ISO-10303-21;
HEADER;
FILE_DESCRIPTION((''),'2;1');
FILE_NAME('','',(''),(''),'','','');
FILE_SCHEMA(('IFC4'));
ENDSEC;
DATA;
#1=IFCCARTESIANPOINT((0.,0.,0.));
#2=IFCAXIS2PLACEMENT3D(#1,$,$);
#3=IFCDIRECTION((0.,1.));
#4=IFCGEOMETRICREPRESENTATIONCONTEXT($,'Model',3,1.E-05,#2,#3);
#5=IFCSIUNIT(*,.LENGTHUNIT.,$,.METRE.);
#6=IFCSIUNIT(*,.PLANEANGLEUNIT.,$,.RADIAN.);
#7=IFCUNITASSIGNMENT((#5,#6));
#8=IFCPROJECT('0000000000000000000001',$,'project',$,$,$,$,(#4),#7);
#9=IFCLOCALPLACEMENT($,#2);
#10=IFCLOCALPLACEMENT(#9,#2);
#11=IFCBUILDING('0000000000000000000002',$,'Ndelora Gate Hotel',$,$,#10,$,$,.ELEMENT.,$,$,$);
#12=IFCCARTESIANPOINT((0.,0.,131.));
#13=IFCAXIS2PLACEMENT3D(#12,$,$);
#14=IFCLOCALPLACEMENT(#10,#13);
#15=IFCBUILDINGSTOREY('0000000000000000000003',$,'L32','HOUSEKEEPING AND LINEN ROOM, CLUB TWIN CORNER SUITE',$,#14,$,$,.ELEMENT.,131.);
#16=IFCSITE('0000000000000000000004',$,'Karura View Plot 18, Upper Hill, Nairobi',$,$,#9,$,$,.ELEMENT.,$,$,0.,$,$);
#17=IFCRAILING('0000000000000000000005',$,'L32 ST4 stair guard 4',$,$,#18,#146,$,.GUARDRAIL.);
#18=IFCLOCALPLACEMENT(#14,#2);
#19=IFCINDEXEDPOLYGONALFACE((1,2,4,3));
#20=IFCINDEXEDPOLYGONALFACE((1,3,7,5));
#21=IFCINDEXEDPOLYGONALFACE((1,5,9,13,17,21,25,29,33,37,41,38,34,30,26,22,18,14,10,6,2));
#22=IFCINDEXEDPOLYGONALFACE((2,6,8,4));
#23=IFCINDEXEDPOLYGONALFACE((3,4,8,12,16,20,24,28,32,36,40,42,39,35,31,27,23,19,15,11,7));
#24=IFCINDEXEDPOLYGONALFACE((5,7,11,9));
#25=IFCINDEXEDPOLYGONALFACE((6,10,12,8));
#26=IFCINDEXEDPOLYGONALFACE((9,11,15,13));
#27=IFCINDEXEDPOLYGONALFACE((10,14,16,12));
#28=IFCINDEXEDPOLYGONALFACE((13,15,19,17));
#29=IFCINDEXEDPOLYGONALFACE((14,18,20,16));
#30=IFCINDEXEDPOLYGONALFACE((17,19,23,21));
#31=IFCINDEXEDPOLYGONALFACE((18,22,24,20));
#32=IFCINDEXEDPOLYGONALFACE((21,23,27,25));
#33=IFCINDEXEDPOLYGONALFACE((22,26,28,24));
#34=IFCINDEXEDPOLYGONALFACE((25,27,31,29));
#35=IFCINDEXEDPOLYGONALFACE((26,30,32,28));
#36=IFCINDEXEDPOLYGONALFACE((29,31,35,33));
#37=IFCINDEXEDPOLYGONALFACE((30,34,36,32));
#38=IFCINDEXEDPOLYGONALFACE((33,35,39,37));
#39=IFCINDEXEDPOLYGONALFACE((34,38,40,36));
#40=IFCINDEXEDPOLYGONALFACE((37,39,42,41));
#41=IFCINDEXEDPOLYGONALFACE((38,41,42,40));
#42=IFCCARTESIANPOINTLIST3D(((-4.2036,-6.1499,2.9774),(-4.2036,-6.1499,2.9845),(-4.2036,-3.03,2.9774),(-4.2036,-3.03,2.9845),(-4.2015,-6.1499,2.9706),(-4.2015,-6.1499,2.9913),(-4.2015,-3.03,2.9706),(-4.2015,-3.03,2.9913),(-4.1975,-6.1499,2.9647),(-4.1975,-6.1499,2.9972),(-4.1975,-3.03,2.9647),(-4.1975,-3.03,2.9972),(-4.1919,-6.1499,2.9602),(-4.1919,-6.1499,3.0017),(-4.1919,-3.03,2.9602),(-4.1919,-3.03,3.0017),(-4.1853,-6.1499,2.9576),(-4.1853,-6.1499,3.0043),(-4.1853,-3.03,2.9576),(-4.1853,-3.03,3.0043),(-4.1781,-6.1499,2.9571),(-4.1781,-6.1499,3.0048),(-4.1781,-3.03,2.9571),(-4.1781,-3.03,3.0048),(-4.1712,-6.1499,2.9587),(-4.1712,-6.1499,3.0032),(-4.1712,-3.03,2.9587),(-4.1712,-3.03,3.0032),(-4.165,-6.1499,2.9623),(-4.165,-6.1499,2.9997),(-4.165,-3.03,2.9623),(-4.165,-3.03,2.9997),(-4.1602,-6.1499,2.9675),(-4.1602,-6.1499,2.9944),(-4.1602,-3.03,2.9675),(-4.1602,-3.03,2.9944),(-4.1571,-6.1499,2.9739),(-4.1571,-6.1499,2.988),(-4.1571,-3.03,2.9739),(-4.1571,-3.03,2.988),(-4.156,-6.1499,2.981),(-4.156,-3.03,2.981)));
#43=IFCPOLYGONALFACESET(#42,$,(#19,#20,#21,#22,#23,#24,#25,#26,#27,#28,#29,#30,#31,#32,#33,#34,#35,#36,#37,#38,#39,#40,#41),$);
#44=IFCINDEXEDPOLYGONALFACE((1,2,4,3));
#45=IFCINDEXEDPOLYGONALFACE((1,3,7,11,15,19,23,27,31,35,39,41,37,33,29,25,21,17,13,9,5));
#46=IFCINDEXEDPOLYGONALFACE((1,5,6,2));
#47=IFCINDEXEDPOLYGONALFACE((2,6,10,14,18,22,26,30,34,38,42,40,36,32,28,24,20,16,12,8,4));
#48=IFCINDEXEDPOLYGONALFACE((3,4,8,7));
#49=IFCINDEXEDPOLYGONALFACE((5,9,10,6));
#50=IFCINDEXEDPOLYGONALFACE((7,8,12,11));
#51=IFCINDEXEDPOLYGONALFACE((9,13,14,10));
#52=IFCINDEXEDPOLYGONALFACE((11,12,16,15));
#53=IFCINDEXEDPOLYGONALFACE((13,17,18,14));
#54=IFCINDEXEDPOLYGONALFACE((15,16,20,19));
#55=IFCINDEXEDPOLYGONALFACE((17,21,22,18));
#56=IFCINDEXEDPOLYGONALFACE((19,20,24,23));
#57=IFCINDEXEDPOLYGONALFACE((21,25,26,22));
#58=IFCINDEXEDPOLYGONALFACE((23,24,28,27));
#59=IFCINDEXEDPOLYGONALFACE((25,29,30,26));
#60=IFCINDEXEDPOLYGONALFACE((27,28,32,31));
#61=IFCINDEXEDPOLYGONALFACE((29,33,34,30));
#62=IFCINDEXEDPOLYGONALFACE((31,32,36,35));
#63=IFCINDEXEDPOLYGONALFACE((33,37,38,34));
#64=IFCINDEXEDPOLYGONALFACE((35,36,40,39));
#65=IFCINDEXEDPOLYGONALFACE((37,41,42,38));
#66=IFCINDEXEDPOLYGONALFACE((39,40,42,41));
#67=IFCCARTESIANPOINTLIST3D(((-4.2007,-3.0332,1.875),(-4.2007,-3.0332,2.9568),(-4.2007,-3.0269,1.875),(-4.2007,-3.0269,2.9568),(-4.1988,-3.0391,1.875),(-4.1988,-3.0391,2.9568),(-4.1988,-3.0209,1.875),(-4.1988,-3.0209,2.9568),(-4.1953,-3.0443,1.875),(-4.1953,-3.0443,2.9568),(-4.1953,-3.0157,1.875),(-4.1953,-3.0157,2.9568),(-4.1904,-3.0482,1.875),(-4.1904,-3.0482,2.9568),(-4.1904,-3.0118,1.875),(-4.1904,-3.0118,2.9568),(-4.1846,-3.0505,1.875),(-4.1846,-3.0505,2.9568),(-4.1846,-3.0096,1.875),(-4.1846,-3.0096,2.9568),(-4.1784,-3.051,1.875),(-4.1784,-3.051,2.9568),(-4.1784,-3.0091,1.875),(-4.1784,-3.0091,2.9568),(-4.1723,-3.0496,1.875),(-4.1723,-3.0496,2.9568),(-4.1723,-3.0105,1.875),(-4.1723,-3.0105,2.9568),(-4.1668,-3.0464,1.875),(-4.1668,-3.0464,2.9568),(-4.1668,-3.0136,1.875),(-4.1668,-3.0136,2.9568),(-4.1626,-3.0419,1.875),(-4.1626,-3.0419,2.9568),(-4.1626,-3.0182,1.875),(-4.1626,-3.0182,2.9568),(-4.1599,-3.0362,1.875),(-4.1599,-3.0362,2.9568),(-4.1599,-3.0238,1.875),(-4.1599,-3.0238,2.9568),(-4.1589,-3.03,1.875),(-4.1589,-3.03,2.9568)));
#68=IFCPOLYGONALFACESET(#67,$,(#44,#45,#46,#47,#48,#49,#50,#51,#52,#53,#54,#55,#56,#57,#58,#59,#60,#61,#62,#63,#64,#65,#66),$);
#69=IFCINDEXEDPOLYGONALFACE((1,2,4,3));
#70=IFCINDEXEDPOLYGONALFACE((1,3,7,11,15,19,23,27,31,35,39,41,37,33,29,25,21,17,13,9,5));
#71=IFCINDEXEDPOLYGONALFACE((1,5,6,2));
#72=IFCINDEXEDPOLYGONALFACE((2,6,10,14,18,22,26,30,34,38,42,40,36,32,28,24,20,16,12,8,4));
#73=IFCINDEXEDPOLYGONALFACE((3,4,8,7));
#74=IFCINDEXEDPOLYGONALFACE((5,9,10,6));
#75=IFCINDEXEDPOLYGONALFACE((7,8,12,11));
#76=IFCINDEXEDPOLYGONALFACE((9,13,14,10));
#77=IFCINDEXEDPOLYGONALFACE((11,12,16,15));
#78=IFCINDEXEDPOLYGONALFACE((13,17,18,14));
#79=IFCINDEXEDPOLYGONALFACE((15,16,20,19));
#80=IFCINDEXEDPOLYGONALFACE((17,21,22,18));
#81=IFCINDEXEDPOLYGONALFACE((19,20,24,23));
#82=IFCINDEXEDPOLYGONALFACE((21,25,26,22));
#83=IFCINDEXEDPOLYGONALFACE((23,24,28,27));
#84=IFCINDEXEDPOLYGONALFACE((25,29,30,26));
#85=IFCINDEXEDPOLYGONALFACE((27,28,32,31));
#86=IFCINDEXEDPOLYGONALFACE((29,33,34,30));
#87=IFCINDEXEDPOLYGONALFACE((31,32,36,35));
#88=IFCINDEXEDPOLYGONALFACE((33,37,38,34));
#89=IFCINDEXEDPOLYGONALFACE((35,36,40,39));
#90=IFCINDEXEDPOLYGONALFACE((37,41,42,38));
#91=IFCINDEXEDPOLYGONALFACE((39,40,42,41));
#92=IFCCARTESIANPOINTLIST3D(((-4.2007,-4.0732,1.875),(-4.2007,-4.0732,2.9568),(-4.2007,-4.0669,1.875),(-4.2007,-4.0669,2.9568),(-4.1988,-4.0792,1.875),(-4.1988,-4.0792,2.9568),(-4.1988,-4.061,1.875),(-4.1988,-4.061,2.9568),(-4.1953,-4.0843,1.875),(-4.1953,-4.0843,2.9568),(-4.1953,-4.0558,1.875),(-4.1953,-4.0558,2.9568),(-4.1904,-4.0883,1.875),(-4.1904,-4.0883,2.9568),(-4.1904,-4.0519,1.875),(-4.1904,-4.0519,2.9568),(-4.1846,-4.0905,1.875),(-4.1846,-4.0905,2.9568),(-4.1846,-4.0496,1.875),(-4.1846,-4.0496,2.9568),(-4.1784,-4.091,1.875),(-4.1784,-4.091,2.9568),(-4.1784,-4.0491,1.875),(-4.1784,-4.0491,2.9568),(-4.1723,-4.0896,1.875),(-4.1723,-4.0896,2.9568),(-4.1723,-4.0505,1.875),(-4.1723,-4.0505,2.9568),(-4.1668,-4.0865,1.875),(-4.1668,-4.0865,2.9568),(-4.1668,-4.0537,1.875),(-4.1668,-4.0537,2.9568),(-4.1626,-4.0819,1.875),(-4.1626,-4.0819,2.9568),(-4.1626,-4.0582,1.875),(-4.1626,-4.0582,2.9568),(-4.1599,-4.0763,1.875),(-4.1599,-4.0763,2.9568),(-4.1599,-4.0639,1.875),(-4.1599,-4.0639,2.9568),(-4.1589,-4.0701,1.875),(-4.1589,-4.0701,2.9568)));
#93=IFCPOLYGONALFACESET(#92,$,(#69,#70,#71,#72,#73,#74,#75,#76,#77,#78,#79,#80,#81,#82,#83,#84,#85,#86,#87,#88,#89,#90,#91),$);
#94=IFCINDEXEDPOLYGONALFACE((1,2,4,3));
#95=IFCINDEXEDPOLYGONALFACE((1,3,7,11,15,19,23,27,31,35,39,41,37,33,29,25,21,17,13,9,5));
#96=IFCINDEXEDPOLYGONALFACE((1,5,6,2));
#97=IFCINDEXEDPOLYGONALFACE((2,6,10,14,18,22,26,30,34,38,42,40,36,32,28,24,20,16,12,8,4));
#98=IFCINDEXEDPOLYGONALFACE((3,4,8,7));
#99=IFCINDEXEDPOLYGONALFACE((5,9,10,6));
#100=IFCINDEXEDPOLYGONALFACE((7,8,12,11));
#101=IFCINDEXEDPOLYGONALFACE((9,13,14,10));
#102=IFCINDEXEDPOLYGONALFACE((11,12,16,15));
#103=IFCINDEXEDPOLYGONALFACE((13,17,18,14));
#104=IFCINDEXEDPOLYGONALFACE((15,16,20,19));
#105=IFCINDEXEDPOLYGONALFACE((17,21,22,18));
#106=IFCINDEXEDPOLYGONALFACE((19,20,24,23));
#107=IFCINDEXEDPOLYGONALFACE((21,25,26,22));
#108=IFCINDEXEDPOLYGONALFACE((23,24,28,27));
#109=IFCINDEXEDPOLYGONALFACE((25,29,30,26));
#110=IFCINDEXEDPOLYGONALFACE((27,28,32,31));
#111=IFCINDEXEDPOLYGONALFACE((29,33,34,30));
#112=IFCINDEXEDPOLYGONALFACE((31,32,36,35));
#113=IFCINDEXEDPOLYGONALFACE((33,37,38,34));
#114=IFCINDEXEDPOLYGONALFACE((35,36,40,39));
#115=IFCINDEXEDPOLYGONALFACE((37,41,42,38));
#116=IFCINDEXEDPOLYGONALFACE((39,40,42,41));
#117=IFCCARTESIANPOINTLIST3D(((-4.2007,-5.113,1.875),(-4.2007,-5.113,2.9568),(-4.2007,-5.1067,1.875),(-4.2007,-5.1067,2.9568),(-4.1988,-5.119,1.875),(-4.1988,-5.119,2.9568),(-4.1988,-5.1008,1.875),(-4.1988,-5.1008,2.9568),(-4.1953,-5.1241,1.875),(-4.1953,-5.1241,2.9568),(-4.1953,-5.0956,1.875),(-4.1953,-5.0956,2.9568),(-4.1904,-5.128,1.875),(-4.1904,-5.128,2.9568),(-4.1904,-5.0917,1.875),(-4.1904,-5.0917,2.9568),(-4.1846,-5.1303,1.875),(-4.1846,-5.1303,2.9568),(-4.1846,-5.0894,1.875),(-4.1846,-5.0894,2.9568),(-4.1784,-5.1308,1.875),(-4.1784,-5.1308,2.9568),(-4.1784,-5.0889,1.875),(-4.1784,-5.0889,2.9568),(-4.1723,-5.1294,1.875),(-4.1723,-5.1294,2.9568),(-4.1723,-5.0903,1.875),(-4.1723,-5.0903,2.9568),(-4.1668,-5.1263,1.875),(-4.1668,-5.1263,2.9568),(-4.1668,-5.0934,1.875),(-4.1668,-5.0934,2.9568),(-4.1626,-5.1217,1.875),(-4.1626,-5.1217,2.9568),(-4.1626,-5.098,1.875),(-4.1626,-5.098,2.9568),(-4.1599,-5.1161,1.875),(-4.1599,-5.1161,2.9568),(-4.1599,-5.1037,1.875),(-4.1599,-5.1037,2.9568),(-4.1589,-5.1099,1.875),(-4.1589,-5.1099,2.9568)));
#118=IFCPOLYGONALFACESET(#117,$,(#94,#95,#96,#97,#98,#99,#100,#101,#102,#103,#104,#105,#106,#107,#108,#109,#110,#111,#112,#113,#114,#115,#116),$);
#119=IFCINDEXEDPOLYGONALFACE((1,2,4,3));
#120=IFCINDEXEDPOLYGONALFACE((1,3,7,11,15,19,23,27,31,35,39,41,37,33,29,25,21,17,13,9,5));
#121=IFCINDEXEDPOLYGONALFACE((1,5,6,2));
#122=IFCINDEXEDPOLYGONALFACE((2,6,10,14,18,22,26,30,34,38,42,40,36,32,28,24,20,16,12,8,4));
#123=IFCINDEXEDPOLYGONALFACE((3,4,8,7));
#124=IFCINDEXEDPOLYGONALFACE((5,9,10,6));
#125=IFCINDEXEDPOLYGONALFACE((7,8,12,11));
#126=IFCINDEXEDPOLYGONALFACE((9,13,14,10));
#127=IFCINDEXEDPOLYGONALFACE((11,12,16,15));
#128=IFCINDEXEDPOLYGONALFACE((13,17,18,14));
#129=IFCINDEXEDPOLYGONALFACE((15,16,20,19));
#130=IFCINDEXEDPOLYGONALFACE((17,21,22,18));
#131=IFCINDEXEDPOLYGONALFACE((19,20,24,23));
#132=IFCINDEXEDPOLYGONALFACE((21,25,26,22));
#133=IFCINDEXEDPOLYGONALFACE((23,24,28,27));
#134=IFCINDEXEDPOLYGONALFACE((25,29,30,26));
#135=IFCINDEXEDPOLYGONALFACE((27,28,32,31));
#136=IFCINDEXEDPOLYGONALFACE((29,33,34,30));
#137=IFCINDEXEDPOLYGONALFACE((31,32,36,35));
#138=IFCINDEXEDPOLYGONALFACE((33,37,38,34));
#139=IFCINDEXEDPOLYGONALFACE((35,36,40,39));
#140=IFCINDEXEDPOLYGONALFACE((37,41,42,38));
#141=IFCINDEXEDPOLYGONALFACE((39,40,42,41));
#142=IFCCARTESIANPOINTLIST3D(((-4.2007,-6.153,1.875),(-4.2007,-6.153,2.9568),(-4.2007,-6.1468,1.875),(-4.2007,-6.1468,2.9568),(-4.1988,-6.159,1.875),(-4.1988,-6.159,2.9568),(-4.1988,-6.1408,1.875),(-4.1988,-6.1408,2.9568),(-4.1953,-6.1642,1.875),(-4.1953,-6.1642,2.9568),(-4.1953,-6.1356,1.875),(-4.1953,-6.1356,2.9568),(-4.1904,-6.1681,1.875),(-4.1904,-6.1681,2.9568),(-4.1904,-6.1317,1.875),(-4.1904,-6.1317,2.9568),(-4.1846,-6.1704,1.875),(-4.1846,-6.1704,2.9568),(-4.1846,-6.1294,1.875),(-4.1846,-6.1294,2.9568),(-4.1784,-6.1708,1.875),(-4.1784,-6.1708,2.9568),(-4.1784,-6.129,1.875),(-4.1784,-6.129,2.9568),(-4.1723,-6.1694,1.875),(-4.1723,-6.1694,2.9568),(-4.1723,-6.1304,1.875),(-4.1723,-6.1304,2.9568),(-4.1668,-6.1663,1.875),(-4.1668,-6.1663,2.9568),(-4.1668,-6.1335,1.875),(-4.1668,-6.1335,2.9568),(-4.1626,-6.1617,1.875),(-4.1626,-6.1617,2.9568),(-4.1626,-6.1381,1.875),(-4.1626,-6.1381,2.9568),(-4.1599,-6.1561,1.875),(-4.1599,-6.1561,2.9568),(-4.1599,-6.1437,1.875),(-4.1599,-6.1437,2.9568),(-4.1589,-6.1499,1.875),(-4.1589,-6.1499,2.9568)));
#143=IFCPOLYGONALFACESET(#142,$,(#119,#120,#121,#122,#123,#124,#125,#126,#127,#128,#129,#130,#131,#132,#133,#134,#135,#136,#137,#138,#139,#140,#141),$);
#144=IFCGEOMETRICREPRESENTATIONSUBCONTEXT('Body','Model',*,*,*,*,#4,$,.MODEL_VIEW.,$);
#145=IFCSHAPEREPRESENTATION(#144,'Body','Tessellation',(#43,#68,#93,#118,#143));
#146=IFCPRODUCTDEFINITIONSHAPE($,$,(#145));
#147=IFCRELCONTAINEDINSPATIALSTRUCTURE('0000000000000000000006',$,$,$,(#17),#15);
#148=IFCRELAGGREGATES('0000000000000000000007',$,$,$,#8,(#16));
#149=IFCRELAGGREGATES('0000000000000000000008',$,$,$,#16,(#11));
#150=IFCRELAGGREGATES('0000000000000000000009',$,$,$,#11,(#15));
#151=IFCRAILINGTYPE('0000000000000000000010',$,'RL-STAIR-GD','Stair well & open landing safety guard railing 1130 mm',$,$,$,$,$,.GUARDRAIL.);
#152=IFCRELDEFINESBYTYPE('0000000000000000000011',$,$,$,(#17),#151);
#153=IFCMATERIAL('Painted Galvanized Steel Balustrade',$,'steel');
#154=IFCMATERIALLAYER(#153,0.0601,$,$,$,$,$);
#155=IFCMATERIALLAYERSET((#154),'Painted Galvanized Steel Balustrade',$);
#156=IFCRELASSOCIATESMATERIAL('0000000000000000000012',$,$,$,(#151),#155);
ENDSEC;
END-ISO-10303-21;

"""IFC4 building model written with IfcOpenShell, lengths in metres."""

from ifc_helpers import new_model, si_unit, direction, frame, origin, origin_2d, place, context, subcontext, project, spatial, circle, extrude, material, layer, layer_set, type_object, element, save


model = new_model("IFC4")

# Units and contexts
model_context = context("Model", 3, precision=1e-05, world=origin(), true_north=direction((0.0, 1.0)))
body_context = subcontext(model_context, "Body", "Model", "MODEL_VIEW")
ifc_project = project(units=[si_unit("LENGTHUNIT", "METRE"), si_unit("PLANEANGLEUNIT", "RADIAN")], contexts=[model_context])

# Site, building, storey
site_placement = place(None, origin())
site = spatial("IfcSite", under=ifc_project, at=site_placement, Name="Karura View Plot 18, Upper Hill, Nairobi", CompositionType="ELEMENT", RefElevation=0.0)
building_placement = place(site_placement, origin())
building = spatial("IfcBuilding", under=site, at=building_placement, Name="Ndelora Gate Hotel", CompositionType="ELEMENT")
storey_placement = place(building_placement, frame((0.0, 0.0, 131.0)))
storey = spatial("IfcBuildingStorey", under=building, at=storey_placement, Name="L32", Description="HOUSEKEEPING AND LINEN ROOM, CLUB TWIN CORNER SUITE", CompositionType="ELEMENT", Elevation=131.0)

# Railing
ifc_material_1 = material(Name="Painted Galvanized Steel Balustrade", Category="steel")
ifc_layer_1 = layer(ifc_material_1, 0.0601)
ifc_layer_set_1 = layer_set([ifc_layer_1], Name="Painted Galvanized Steel Balustrade")
railing_type_1 = type_object("IfcRailingType", Name="RL-STAIR-GD", Description="Stair well & open landing safety guard railing 1130 mm", PredefinedType="GUARDRAIL", material=ifc_layer_set_1)
for number, where, name in (
    (1, (-4.1799, -3.03, 1.875), "L32 ST4 stair guard 4"),
):
    element("IfcRailing", number, at=place(storey_placement, frame(where)), inside=storey, type_object=railing_type_1, Name=name, PredefinedType="GUARDRAIL", context=body_context, shape_type="SweptSolid", body=[
        extrude(circle(Radius=0.0239, at=origin_2d()), frame((0.0, 0.0, 1.106), z_axis=(0.0, -1.0, 0.0), x_axis=(1.0, 0.0, 0.0)), (0.0, 0.0, 1.0), 3.1199),
        extrude(circle(Radius=0.021, at=origin_2d()), origin(), (0.0, 0.0, 1.0), 1.0818),
        extrude(circle(Radius=0.021, at=origin_2d()), frame((0.0, -1.04, 0.0)), (0.0, 0.0, 1.0), 1.0818),
        extrude(circle(Radius=0.021, at=origin_2d()), frame((0.0, -2.0798, 0.0)), (0.0, 0.0, 1.0), 1.0818),
        extrude(circle(Radius=0.021, at=origin_2d()), frame((0.0, -3.1199, 0.0)), (0.0, 0.0, 1.0), 1.0818),
    ])

save(model, "model.ifc")
